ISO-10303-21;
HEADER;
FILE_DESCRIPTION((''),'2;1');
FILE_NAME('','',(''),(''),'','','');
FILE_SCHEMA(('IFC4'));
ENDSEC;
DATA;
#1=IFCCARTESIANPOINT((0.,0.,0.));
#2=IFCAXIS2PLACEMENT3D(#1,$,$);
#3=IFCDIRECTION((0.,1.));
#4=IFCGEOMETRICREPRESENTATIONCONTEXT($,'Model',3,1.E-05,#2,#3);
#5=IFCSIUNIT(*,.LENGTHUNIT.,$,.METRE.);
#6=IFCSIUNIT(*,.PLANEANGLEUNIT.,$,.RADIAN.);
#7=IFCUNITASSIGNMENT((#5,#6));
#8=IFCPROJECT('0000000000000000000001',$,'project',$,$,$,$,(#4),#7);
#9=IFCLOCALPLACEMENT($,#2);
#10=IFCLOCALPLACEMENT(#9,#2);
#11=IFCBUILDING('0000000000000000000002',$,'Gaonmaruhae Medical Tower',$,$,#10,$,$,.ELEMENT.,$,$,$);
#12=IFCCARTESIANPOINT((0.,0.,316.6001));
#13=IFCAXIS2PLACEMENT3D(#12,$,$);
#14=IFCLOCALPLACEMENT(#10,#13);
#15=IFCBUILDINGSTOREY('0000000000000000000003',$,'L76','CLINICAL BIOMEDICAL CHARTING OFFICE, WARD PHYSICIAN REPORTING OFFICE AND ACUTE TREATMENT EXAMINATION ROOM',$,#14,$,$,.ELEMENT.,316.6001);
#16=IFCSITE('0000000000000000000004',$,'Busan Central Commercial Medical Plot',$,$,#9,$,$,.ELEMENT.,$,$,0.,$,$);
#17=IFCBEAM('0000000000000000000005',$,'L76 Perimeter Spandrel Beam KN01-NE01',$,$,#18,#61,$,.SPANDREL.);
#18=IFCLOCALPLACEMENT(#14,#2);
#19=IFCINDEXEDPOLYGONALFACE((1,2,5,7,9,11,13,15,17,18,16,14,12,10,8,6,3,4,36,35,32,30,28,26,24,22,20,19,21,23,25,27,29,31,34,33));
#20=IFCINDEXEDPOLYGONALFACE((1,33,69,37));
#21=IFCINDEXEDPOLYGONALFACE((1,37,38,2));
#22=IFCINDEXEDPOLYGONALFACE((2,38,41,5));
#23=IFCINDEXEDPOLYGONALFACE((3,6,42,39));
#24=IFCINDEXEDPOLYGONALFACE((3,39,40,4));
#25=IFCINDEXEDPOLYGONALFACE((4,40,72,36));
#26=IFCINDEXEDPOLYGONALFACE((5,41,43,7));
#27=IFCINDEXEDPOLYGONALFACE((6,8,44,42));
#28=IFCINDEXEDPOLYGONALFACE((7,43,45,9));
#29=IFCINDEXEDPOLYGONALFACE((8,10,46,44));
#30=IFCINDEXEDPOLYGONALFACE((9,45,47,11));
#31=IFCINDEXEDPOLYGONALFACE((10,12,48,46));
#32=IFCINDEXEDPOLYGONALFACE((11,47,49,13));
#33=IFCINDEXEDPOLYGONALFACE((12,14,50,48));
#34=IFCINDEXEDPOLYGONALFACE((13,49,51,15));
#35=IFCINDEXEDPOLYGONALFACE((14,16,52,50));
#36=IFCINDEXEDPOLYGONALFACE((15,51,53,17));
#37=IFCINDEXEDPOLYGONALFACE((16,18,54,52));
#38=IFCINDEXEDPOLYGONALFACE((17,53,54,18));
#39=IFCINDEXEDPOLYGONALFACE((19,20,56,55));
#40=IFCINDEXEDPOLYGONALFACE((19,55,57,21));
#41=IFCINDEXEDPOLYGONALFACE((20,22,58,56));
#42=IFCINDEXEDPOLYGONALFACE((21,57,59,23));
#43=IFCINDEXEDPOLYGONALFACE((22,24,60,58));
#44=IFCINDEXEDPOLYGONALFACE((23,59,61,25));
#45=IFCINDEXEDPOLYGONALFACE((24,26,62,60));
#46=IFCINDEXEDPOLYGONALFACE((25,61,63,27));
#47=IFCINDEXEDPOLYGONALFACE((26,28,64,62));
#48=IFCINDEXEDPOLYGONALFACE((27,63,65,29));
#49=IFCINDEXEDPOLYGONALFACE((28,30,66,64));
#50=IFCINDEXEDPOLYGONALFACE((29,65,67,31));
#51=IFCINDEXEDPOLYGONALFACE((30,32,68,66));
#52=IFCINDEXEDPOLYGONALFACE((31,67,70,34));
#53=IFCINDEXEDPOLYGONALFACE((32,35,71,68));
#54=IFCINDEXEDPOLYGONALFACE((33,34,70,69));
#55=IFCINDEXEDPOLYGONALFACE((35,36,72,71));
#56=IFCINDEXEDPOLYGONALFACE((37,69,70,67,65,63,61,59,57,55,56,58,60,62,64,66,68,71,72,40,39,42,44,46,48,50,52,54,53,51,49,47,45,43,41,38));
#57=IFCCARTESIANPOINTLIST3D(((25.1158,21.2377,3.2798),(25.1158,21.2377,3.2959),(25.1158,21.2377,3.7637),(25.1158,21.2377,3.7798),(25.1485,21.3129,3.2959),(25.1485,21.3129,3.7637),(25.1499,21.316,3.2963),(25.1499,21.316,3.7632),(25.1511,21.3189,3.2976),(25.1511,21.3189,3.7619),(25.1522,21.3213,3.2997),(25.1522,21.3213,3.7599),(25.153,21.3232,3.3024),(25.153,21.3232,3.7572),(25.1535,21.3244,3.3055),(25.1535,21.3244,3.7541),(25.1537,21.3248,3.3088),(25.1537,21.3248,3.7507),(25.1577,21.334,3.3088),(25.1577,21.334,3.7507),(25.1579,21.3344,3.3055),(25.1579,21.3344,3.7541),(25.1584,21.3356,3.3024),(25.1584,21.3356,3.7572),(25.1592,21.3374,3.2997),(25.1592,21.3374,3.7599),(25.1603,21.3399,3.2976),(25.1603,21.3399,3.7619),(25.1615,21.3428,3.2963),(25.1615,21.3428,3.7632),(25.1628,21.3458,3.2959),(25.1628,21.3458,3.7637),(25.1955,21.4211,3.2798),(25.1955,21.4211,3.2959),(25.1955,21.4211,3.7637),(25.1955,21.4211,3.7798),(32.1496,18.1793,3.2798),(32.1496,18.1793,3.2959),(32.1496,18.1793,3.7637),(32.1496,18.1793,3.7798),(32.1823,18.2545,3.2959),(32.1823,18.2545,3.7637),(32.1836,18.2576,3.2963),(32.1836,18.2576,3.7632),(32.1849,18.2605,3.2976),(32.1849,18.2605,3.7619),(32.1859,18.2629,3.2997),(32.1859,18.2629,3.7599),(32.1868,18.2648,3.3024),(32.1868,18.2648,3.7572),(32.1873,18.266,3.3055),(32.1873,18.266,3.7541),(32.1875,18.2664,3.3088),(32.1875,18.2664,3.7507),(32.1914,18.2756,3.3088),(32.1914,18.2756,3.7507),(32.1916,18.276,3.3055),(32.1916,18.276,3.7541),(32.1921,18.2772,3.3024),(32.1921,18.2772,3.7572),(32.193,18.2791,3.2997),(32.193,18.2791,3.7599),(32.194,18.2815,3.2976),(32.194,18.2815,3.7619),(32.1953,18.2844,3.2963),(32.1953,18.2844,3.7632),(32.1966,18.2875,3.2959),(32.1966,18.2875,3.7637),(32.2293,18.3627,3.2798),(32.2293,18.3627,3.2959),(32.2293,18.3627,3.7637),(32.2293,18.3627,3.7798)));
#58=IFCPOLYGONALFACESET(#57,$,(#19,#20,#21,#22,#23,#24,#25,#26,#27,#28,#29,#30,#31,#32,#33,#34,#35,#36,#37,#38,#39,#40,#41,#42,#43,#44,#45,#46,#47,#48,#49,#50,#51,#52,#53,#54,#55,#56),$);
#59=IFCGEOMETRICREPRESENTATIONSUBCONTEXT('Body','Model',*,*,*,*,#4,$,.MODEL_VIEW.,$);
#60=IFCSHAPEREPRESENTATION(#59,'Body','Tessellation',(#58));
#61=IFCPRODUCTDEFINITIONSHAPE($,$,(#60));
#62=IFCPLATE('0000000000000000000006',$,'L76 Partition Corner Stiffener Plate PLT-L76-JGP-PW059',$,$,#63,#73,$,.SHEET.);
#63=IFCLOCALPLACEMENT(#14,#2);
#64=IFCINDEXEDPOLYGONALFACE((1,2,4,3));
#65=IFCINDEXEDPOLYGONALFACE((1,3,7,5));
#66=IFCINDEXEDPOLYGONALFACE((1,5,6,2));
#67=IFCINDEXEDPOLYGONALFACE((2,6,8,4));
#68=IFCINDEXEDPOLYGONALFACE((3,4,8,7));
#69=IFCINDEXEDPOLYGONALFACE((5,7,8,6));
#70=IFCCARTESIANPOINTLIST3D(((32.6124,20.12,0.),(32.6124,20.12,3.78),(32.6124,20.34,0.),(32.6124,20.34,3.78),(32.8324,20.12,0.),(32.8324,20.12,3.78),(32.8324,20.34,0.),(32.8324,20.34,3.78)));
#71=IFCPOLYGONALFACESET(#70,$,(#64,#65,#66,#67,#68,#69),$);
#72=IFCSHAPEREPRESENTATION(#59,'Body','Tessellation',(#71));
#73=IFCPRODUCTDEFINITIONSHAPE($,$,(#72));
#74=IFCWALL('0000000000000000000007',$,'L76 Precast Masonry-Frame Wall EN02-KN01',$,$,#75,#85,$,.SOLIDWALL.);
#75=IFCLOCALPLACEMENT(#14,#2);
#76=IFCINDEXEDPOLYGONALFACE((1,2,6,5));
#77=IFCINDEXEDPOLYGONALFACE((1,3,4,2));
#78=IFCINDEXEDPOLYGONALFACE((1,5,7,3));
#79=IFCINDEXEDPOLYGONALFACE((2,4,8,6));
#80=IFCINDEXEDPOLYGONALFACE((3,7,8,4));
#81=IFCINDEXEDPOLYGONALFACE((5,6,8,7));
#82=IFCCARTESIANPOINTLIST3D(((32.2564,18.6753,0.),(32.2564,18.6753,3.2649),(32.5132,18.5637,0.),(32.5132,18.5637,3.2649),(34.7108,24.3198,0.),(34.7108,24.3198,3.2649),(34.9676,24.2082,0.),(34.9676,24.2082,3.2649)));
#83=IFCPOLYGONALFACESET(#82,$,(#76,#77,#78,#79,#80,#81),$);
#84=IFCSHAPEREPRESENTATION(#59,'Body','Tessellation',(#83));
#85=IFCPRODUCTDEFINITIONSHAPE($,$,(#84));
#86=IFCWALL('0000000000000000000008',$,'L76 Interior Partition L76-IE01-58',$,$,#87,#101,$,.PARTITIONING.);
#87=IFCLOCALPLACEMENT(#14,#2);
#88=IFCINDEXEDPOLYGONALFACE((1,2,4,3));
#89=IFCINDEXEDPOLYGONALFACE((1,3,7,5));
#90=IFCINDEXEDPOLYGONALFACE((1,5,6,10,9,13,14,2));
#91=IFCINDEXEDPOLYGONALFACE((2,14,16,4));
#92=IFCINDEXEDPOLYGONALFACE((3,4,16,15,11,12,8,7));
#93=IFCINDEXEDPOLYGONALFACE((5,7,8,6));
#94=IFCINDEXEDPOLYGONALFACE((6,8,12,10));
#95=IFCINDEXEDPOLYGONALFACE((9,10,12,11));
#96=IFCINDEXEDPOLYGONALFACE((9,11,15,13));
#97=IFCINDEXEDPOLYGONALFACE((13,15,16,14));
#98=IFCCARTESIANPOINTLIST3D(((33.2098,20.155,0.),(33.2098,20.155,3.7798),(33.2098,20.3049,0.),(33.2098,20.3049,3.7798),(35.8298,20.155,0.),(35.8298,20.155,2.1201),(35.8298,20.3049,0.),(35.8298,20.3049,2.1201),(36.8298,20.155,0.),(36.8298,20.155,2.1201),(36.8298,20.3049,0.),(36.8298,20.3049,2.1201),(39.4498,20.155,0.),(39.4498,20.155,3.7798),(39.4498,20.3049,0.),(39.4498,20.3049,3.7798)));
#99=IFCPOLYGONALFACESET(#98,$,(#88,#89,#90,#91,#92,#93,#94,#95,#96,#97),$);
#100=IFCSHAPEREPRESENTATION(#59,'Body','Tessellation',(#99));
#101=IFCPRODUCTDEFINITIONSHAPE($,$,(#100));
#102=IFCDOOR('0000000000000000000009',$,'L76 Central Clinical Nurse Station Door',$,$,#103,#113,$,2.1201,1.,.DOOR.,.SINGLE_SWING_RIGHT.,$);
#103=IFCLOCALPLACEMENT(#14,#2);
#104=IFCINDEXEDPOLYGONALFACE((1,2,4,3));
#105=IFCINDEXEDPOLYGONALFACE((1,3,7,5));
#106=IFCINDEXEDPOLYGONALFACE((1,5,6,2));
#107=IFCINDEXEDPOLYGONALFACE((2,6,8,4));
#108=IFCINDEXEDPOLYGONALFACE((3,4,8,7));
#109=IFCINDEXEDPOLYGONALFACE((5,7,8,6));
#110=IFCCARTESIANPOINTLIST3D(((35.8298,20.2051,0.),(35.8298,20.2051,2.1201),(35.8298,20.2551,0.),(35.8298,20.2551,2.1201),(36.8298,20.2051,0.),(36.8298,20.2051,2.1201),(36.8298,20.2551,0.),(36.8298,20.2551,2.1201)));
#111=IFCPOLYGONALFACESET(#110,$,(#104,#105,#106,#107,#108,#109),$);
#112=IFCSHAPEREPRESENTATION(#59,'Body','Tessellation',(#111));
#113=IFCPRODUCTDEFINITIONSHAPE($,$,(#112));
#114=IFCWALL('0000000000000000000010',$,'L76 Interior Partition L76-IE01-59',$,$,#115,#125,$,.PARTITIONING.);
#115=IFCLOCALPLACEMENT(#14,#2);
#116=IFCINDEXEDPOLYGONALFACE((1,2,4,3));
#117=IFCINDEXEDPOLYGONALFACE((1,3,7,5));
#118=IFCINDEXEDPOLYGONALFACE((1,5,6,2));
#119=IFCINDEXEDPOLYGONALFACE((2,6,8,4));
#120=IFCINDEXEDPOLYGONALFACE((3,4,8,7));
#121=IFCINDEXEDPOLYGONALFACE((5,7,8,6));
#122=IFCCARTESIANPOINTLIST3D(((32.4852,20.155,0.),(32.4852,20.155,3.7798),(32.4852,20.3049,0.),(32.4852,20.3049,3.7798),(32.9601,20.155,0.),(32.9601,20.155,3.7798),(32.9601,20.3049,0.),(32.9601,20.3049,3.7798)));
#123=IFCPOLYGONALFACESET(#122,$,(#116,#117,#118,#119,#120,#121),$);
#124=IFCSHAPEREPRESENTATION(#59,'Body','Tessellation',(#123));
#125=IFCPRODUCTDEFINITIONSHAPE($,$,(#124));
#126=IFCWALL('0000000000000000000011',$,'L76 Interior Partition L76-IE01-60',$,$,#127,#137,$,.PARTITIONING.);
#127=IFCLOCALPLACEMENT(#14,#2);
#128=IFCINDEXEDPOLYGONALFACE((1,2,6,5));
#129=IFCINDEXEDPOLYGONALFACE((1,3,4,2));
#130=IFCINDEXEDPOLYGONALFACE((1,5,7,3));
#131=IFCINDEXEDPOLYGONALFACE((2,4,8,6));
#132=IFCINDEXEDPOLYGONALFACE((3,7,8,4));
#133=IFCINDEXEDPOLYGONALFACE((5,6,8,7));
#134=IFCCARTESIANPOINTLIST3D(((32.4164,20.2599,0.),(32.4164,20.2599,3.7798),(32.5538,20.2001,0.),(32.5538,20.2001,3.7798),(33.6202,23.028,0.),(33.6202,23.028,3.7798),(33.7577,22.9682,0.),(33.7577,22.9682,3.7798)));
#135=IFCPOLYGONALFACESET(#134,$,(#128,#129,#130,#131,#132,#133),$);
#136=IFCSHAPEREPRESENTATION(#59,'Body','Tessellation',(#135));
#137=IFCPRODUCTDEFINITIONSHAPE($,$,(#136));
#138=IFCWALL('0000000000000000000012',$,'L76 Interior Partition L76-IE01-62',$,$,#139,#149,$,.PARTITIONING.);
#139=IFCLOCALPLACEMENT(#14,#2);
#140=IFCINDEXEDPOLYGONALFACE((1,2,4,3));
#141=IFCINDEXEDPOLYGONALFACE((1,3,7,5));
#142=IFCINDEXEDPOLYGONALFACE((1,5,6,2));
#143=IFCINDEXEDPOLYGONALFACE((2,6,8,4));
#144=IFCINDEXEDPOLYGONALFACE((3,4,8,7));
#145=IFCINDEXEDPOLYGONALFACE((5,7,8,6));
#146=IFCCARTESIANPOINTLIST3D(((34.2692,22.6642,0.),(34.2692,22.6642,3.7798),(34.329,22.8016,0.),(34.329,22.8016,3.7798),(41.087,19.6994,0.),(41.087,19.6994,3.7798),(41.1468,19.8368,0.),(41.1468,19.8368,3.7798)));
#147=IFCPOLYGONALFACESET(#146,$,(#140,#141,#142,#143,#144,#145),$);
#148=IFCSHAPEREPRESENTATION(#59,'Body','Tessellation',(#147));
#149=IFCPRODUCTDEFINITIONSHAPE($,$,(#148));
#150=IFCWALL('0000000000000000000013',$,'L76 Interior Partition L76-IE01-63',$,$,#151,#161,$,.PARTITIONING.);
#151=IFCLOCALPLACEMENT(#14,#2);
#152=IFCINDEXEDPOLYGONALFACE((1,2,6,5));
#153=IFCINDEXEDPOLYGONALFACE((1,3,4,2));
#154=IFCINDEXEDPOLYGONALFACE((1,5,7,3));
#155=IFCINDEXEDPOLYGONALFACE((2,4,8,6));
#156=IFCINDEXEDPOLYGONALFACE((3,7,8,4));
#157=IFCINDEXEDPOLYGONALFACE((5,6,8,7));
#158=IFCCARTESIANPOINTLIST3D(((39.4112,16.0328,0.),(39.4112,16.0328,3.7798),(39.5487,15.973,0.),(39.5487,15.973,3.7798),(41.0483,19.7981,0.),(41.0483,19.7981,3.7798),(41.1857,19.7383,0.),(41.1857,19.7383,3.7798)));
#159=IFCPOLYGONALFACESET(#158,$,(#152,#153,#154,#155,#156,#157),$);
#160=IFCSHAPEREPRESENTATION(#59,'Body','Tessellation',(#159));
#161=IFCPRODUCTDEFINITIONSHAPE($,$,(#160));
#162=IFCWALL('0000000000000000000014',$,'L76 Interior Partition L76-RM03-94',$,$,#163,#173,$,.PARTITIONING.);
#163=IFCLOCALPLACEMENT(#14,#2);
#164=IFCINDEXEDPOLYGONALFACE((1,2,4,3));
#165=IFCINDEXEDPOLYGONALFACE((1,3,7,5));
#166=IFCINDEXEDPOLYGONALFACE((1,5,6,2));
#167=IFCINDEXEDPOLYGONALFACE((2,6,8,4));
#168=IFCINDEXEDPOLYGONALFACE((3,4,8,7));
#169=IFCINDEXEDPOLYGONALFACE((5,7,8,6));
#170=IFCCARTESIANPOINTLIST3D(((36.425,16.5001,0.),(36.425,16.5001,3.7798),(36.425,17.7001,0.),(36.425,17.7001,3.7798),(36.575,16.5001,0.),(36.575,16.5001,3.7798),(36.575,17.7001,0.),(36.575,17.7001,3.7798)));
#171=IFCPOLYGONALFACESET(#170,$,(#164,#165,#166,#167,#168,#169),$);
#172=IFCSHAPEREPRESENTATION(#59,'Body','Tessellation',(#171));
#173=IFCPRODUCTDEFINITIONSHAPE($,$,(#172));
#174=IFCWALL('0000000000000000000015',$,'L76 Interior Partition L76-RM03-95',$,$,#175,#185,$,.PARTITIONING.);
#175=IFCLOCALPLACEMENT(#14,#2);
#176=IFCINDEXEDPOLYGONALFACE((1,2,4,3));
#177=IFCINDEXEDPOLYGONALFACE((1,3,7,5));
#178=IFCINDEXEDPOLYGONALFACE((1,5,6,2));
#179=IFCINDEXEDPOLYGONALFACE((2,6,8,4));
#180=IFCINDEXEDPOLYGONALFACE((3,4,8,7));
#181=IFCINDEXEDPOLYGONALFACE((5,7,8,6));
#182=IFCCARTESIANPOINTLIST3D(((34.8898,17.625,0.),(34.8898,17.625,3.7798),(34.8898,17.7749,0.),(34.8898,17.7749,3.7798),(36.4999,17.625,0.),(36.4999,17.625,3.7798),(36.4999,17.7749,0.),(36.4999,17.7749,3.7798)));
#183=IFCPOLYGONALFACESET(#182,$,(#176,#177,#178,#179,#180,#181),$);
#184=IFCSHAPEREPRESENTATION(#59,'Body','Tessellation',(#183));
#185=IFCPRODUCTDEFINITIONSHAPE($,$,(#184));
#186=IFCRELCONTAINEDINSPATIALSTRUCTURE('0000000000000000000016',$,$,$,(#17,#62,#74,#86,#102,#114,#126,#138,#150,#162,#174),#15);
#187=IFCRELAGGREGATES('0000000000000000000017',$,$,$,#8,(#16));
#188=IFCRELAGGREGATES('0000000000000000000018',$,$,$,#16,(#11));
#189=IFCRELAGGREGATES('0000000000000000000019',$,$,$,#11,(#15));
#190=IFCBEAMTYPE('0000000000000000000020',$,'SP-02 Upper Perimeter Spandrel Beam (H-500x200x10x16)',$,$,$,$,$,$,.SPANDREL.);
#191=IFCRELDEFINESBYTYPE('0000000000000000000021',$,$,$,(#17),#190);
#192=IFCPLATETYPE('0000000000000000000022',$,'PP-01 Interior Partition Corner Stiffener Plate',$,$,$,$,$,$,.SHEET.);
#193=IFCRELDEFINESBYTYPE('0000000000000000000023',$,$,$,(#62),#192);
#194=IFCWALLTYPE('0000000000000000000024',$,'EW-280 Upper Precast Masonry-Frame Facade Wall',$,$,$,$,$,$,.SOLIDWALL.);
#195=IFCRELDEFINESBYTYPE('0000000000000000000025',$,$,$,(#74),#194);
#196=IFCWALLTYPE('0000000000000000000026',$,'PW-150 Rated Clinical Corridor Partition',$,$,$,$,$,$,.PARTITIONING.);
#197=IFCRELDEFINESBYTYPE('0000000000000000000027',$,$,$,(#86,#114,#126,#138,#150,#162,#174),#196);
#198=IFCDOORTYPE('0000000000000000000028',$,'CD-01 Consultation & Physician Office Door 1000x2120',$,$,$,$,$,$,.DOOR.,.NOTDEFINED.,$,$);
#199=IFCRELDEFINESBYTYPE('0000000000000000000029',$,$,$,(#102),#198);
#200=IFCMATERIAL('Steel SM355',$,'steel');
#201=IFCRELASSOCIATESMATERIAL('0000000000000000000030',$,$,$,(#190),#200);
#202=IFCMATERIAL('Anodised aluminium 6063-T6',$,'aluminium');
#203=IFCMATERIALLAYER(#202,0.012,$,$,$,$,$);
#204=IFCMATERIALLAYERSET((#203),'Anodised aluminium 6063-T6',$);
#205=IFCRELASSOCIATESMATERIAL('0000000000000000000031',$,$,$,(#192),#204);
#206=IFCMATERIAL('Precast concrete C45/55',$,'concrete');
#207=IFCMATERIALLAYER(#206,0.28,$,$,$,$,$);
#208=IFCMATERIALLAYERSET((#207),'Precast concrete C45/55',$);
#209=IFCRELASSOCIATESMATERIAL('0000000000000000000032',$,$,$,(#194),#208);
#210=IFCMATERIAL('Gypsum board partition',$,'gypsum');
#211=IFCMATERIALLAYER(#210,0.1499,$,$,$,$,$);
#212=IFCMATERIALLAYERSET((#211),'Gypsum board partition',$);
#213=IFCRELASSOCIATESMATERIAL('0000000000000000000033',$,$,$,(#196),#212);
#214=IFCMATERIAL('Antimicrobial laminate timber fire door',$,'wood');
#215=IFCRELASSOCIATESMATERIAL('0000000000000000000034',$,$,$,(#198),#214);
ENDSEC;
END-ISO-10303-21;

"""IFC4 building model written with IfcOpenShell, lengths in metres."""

from ifc_helpers import new_model, si_unit, direction, frame, frame_2d, origin, origin_2d, place, context, subcontext, project, spatial, rectangle, i_section, extrude, material, layer, layer_set, material_profile, profile_set, type_object, element, fill, save


model = new_model("IFC4")

# Units and contexts
model_context = context("Model", 3, precision=1e-05, world=origin(), true_north=direction((0.0, 1.0)))
body_context = subcontext(model_context, "Body", "Model", "MODEL_VIEW")
ifc_project = project(units=[si_unit("LENGTHUNIT", "METRE"), si_unit("PLANEANGLEUNIT", "RADIAN")], contexts=[model_context])

# Site, building, storey
site_placement = place(None, origin())
site = spatial("IfcSite", under=ifc_project, at=site_placement, Name="Busan Central Commercial Medical Plot", CompositionType="ELEMENT", RefElevation=0.0)
building_placement = place(site_placement, origin())
building = spatial("IfcBuilding", under=site, at=building_placement, Name="Gaonmaruhae Medical Tower", CompositionType="ELEMENT")
storey_placement = place(building_placement, frame((0.0, 0.0, 316.6001)))
storey = spatial("IfcBuildingStorey", under=building, at=storey_placement, Name="L76", Description="CLINICAL BIOMEDICAL CHARTING OFFICE, WARD PHYSICIAN REPORTING OFFICE AND ACUTE TREATMENT EXAMINATION ROOM", CompositionType="ELEMENT", Elevation=316.6001)

# Beam
ifc_material_1 = material(Name="Steel SM355", Category="steel")
ifc_material_profile_1 = material_profile(ifc_material_1, i_section(OverallWidth=0.2, OverallDepth=0.5, WebThickness=0.01, FlangeThickness=0.0161, FilletRadius=0.0129, at=origin_2d()), Name="H-500x200x10x16")
ifc_profile_set_1 = profile_set([ifc_material_profile_1], Name="Steel SM355")
beam_type_1 = type_object("IfcBeamType", Name="SP-02 Upper Perimeter Spandrel Beam (H-500x200x10x16)", PredefinedType="SPANDREL", material=ifc_profile_set_1)
beam_1_placement = place(storey_placement, frame((32.1895, 18.271, 3.5298), z_axis=(-0.917059, 0.398751, 0.0), x_axis=(-0.398751, -0.917059, 0.0)))
element("IfcBeam", 1, at=beam_1_placement, inside=storey, type_object=beam_type_1, Name="L76 Perimeter Spandrel Beam KN01-NE01", PredefinedType="SPANDREL", context=body_context, shape_type="SweptSolid", body=[
    extrude(i_section(OverallWidth=0.2, OverallDepth=0.5, WebThickness=0.01, FlangeThickness=0.0161, FilletRadius=0.0129, at=origin_2d()), origin(), (0.0, 0.0, 1.0), 7.6699),
])

# Plate
ifc_material_2 = material(Name="Anodised aluminium 6063-T6", Category="aluminium")
ifc_layer_1 = layer(ifc_material_2, 0.012)
ifc_layer_set_1 = layer_set([ifc_layer_1], Name="Anodised aluminium 6063-T6")
plate_type = type_object("IfcPlateType", Name="PP-01 Interior Partition Corner Stiffener Plate", PredefinedType="SHEET", material=ifc_layer_set_1)
plate_placement = place(storey_placement, frame((32.7224, 20.23, 0.0), z_axis=(0.0, 0.0, 1.0), x_axis=(-1.0, 0.0, 0.0)))
element("IfcPlate", 2, at=plate_placement, inside=storey, type_object=plate_type, Name="L76 Partition Corner Stiffener Plate PLT-L76-JGP-PW059", PredefinedType="SHEET", context=body_context, shape_type="SweptSolid", body=[
    extrude(rectangle(XDim=0.22, YDim=0.22, at=origin_2d()), origin(), (0.0, 0.0, 1.0), 3.78),
])

# Wall
ifc_material_3 = material(Name="Precast concrete C45/55", Category="concrete")
ifc_layer_2 = layer(ifc_material_3, 0.28)
ifc_layer_set_2 = layer_set([ifc_layer_2], Name="Precast concrete C45/55")
wall_type_1 = type_object("IfcWallType", Name="EW-280 Upper Precast Masonry-Frame Facade Wall", PredefinedType="SOLIDWALL", material=ifc_layer_set_2)
wall_1_placement = place(storey_placement, frame((32.3848, 18.6194, 0.0), z_axis=(0.0, 0.0, 1.0), x_axis=(0.398754, 0.917058, 0.0)))
element("IfcWall", 3, at=wall_1_placement, inside=storey, type_object=wall_type_1, Name="L76 Precast Masonry-Frame Wall EN02-KN01", PredefinedType="SOLIDWALL", context=body_context, shape_type="SweptSolid", body=[
    extrude(rectangle(XDim=6.155, YDim=0.28, at=frame_2d((3.0776, 0.0))), origin(), (0.0, 0.0, 1.0), 3.2649),
])

# Wall, opening, door
ifc_material_4 = material(Name="Gypsum board partition", Category="gypsum")
ifc_layer_3 = layer(ifc_material_4, 0.1499)
ifc_layer_set_3 = layer_set([ifc_layer_3], Name="Gypsum board partition")
wall_type_2 = type_object("IfcWallType", Name="PW-150 Rated Clinical Corridor Partition", PredefinedType="PARTITIONING", material=ifc_layer_set_3)
wall_2_placement = place(storey_placement, frame((39.45, 20.23, 0.0), z_axis=(0.0, 0.0, 1.0), x_axis=(-1.0, 0.0, 0.0)))
wall_2 = element("IfcWall", 4, at=wall_2_placement, inside=storey, type_object=wall_type_2, Name="L76 Interior Partition L76-IE01-58", PredefinedType="PARTITIONING", context=body_context, shape_type="SweptSolid", body=[
    extrude(rectangle(XDim=6.24, YDim=0.1499, at=frame_2d((3.1201, 0.0))), origin(), (0.0, 0.0, 1.0), 3.7798),
])
opening_1_placement = place(wall_2_placement, frame((2.6201, 0.0, 0.0)))
opening_1 = element("IfcOpeningElement", 5, at=opening_1_placement, cuts=wall_2, PredefinedType="OPENING", context=body_context, shape_type="SweptSolid", body=[
    extrude(rectangle(XDim=1.0, YDim=2.1201, at=frame_2d((0.5, 1.0601))), frame((0.0, 0.085, 0.0), z_axis=(0.0, -1.0, 0.0), x_axis=(1.0, 0.0, 0.0)), (0.0, 0.0, 1.0), 0.1699),
])
ifc_material_5 = material(Name="Antimicrobial laminate timber fire door", Category="wood")
door_type_1 = type_object("IfcDoorType", Name="CD-01 Consultation & Physician Office Door 1000x2120", OperationType="NOTDEFINED", PredefinedType="DOOR", material=ifc_material_5)
door_1_placement = place(opening_1_placement, origin())
door_1 = element("IfcDoor", 6, at=door_1_placement, inside=storey, type_object=door_type_1, Name="L76 Central Clinical Nurse Station Door", OperationType="SINGLE_SWING_RIGHT", OverallHeight=2.1201, OverallWidth=1.0, PredefinedType="DOOR", context=body_context, shape_type="SweptSolid", body=[
    extrude(rectangle(XDim=1.0, YDim=2.1201, at=frame_2d((0.5, 1.0601))), frame((0.0, 0.0249, 0.0), z_axis=(0.0, -1.0, 0.0), x_axis=(1.0, 0.0, 0.0)), (0.0, 0.0, 1.0), 0.05),
])
fill(opening_1, door_1)

# Walls
wall_3_placement = place(storey_placement, frame((32.96, 20.23, 0.0), z_axis=(0.0, 0.0, 1.0), x_axis=(-1.0, 0.0, 0.0)))
element("IfcWall", 7, at=wall_3_placement, inside=storey, type_object=wall_type_2, Name="L76 Interior Partition L76-IE01-59", PredefinedType="PARTITIONING", context=body_context, shape_type="SweptSolid", body=[
    extrude(rectangle(XDim=0.4749, YDim=0.1499, at=frame_2d((0.2373, 0.0))), origin(), (0.0, 0.0, 1.0), 3.7798),
])
wall_4_placement = place(storey_placement, frame((32.4851, 20.23, 0.0), z_axis=(0.0, 0.0, 1.0), x_axis=(0.398824, 0.917028, 0.0)))
element("IfcWall", 8, at=wall_4_placement, inside=storey, type_object=wall_type_2, Name="L76 Interior Partition L76-IE01-60", PredefinedType="PARTITIONING", context=body_context, shape_type="SweptSolid", body=[
    extrude(rectangle(XDim=3.0186, YDim=0.1499, at=frame_2d((1.5093, 0.0))), origin(), (0.0, 0.0, 1.0), 3.7798),
])
wall_5_placement = place(storey_placement, frame((34.2991, 22.7329, 0.0), z_axis=(0.0, 0.0, 1.0), x_axis=(0.917043, -0.398789, 0.0)))
element("IfcWall", 9, at=wall_5_placement, inside=storey, type_object=wall_type_2, Name="L76 Interior Partition L76-IE01-62", PredefinedType="PARTITIONING", context=body_context, shape_type="SweptSolid", body=[
    extrude(rectangle(XDim=7.4346, YDim=0.1499, at=frame_2d((3.7173, 0.0))), origin(), (0.0, 0.0, 1.0), 3.7798),
])
wall_6_placement = place(storey_placement, frame((41.1169, 19.7681, 0.0), z_axis=(0.0, 0.0, 1.0), x_axis=(-0.398715, -0.917075, 0.0)))
element("IfcWall", 10, at=wall_6_placement, inside=storey, type_object=wall_type_2, Name="L76 Interior Partition L76-IE01-63", PredefinedType="PARTITIONING", context=body_context, shape_type="SweptSolid", body=[
    extrude(rectangle(XDim=4.1057, YDim=0.1499, at=frame_2d((2.0527, 0.0))), origin(), (0.0, 0.0, 1.0), 3.7798),
])
wall_7_placement = place(storey_placement, frame((36.5, 16.5, 0.0), z_axis=(0.0, 0.0, 1.0), x_axis=(0.0, 1.0, 0.0)))
element("IfcWall", 11, at=wall_7_placement, inside=storey, type_object=wall_type_2, Name="L76 Interior Partition L76-RM03-94", PredefinedType="PARTITIONING", context=body_context, shape_type="SweptSolid", body=[
    extrude(rectangle(XDim=1.2, YDim=0.1499, at=frame_2d((0.6001, 0.0))), origin(), (0.0, 0.0, 1.0), 3.7798),
])
wall_8_placement = place(storey_placement, frame((36.5, 17.7, 0.0), z_axis=(0.0, 0.0, 1.0), x_axis=(-1.0, 0.0, 0.0)))
element("IfcWall", 12, at=wall_8_placement, inside=storey, type_object=wall_type_2, Name="L76 Interior Partition L76-RM03-95", PredefinedType="PARTITIONING", context=body_context, shape_type="SweptSolid", body=[
    extrude(rectangle(XDim=1.6101, YDim=0.1499, at=frame_2d((0.8052, 0.0))), origin(), (0.0, 0.0, 1.0), 3.7798),
])

save(model, "model.ifc")
